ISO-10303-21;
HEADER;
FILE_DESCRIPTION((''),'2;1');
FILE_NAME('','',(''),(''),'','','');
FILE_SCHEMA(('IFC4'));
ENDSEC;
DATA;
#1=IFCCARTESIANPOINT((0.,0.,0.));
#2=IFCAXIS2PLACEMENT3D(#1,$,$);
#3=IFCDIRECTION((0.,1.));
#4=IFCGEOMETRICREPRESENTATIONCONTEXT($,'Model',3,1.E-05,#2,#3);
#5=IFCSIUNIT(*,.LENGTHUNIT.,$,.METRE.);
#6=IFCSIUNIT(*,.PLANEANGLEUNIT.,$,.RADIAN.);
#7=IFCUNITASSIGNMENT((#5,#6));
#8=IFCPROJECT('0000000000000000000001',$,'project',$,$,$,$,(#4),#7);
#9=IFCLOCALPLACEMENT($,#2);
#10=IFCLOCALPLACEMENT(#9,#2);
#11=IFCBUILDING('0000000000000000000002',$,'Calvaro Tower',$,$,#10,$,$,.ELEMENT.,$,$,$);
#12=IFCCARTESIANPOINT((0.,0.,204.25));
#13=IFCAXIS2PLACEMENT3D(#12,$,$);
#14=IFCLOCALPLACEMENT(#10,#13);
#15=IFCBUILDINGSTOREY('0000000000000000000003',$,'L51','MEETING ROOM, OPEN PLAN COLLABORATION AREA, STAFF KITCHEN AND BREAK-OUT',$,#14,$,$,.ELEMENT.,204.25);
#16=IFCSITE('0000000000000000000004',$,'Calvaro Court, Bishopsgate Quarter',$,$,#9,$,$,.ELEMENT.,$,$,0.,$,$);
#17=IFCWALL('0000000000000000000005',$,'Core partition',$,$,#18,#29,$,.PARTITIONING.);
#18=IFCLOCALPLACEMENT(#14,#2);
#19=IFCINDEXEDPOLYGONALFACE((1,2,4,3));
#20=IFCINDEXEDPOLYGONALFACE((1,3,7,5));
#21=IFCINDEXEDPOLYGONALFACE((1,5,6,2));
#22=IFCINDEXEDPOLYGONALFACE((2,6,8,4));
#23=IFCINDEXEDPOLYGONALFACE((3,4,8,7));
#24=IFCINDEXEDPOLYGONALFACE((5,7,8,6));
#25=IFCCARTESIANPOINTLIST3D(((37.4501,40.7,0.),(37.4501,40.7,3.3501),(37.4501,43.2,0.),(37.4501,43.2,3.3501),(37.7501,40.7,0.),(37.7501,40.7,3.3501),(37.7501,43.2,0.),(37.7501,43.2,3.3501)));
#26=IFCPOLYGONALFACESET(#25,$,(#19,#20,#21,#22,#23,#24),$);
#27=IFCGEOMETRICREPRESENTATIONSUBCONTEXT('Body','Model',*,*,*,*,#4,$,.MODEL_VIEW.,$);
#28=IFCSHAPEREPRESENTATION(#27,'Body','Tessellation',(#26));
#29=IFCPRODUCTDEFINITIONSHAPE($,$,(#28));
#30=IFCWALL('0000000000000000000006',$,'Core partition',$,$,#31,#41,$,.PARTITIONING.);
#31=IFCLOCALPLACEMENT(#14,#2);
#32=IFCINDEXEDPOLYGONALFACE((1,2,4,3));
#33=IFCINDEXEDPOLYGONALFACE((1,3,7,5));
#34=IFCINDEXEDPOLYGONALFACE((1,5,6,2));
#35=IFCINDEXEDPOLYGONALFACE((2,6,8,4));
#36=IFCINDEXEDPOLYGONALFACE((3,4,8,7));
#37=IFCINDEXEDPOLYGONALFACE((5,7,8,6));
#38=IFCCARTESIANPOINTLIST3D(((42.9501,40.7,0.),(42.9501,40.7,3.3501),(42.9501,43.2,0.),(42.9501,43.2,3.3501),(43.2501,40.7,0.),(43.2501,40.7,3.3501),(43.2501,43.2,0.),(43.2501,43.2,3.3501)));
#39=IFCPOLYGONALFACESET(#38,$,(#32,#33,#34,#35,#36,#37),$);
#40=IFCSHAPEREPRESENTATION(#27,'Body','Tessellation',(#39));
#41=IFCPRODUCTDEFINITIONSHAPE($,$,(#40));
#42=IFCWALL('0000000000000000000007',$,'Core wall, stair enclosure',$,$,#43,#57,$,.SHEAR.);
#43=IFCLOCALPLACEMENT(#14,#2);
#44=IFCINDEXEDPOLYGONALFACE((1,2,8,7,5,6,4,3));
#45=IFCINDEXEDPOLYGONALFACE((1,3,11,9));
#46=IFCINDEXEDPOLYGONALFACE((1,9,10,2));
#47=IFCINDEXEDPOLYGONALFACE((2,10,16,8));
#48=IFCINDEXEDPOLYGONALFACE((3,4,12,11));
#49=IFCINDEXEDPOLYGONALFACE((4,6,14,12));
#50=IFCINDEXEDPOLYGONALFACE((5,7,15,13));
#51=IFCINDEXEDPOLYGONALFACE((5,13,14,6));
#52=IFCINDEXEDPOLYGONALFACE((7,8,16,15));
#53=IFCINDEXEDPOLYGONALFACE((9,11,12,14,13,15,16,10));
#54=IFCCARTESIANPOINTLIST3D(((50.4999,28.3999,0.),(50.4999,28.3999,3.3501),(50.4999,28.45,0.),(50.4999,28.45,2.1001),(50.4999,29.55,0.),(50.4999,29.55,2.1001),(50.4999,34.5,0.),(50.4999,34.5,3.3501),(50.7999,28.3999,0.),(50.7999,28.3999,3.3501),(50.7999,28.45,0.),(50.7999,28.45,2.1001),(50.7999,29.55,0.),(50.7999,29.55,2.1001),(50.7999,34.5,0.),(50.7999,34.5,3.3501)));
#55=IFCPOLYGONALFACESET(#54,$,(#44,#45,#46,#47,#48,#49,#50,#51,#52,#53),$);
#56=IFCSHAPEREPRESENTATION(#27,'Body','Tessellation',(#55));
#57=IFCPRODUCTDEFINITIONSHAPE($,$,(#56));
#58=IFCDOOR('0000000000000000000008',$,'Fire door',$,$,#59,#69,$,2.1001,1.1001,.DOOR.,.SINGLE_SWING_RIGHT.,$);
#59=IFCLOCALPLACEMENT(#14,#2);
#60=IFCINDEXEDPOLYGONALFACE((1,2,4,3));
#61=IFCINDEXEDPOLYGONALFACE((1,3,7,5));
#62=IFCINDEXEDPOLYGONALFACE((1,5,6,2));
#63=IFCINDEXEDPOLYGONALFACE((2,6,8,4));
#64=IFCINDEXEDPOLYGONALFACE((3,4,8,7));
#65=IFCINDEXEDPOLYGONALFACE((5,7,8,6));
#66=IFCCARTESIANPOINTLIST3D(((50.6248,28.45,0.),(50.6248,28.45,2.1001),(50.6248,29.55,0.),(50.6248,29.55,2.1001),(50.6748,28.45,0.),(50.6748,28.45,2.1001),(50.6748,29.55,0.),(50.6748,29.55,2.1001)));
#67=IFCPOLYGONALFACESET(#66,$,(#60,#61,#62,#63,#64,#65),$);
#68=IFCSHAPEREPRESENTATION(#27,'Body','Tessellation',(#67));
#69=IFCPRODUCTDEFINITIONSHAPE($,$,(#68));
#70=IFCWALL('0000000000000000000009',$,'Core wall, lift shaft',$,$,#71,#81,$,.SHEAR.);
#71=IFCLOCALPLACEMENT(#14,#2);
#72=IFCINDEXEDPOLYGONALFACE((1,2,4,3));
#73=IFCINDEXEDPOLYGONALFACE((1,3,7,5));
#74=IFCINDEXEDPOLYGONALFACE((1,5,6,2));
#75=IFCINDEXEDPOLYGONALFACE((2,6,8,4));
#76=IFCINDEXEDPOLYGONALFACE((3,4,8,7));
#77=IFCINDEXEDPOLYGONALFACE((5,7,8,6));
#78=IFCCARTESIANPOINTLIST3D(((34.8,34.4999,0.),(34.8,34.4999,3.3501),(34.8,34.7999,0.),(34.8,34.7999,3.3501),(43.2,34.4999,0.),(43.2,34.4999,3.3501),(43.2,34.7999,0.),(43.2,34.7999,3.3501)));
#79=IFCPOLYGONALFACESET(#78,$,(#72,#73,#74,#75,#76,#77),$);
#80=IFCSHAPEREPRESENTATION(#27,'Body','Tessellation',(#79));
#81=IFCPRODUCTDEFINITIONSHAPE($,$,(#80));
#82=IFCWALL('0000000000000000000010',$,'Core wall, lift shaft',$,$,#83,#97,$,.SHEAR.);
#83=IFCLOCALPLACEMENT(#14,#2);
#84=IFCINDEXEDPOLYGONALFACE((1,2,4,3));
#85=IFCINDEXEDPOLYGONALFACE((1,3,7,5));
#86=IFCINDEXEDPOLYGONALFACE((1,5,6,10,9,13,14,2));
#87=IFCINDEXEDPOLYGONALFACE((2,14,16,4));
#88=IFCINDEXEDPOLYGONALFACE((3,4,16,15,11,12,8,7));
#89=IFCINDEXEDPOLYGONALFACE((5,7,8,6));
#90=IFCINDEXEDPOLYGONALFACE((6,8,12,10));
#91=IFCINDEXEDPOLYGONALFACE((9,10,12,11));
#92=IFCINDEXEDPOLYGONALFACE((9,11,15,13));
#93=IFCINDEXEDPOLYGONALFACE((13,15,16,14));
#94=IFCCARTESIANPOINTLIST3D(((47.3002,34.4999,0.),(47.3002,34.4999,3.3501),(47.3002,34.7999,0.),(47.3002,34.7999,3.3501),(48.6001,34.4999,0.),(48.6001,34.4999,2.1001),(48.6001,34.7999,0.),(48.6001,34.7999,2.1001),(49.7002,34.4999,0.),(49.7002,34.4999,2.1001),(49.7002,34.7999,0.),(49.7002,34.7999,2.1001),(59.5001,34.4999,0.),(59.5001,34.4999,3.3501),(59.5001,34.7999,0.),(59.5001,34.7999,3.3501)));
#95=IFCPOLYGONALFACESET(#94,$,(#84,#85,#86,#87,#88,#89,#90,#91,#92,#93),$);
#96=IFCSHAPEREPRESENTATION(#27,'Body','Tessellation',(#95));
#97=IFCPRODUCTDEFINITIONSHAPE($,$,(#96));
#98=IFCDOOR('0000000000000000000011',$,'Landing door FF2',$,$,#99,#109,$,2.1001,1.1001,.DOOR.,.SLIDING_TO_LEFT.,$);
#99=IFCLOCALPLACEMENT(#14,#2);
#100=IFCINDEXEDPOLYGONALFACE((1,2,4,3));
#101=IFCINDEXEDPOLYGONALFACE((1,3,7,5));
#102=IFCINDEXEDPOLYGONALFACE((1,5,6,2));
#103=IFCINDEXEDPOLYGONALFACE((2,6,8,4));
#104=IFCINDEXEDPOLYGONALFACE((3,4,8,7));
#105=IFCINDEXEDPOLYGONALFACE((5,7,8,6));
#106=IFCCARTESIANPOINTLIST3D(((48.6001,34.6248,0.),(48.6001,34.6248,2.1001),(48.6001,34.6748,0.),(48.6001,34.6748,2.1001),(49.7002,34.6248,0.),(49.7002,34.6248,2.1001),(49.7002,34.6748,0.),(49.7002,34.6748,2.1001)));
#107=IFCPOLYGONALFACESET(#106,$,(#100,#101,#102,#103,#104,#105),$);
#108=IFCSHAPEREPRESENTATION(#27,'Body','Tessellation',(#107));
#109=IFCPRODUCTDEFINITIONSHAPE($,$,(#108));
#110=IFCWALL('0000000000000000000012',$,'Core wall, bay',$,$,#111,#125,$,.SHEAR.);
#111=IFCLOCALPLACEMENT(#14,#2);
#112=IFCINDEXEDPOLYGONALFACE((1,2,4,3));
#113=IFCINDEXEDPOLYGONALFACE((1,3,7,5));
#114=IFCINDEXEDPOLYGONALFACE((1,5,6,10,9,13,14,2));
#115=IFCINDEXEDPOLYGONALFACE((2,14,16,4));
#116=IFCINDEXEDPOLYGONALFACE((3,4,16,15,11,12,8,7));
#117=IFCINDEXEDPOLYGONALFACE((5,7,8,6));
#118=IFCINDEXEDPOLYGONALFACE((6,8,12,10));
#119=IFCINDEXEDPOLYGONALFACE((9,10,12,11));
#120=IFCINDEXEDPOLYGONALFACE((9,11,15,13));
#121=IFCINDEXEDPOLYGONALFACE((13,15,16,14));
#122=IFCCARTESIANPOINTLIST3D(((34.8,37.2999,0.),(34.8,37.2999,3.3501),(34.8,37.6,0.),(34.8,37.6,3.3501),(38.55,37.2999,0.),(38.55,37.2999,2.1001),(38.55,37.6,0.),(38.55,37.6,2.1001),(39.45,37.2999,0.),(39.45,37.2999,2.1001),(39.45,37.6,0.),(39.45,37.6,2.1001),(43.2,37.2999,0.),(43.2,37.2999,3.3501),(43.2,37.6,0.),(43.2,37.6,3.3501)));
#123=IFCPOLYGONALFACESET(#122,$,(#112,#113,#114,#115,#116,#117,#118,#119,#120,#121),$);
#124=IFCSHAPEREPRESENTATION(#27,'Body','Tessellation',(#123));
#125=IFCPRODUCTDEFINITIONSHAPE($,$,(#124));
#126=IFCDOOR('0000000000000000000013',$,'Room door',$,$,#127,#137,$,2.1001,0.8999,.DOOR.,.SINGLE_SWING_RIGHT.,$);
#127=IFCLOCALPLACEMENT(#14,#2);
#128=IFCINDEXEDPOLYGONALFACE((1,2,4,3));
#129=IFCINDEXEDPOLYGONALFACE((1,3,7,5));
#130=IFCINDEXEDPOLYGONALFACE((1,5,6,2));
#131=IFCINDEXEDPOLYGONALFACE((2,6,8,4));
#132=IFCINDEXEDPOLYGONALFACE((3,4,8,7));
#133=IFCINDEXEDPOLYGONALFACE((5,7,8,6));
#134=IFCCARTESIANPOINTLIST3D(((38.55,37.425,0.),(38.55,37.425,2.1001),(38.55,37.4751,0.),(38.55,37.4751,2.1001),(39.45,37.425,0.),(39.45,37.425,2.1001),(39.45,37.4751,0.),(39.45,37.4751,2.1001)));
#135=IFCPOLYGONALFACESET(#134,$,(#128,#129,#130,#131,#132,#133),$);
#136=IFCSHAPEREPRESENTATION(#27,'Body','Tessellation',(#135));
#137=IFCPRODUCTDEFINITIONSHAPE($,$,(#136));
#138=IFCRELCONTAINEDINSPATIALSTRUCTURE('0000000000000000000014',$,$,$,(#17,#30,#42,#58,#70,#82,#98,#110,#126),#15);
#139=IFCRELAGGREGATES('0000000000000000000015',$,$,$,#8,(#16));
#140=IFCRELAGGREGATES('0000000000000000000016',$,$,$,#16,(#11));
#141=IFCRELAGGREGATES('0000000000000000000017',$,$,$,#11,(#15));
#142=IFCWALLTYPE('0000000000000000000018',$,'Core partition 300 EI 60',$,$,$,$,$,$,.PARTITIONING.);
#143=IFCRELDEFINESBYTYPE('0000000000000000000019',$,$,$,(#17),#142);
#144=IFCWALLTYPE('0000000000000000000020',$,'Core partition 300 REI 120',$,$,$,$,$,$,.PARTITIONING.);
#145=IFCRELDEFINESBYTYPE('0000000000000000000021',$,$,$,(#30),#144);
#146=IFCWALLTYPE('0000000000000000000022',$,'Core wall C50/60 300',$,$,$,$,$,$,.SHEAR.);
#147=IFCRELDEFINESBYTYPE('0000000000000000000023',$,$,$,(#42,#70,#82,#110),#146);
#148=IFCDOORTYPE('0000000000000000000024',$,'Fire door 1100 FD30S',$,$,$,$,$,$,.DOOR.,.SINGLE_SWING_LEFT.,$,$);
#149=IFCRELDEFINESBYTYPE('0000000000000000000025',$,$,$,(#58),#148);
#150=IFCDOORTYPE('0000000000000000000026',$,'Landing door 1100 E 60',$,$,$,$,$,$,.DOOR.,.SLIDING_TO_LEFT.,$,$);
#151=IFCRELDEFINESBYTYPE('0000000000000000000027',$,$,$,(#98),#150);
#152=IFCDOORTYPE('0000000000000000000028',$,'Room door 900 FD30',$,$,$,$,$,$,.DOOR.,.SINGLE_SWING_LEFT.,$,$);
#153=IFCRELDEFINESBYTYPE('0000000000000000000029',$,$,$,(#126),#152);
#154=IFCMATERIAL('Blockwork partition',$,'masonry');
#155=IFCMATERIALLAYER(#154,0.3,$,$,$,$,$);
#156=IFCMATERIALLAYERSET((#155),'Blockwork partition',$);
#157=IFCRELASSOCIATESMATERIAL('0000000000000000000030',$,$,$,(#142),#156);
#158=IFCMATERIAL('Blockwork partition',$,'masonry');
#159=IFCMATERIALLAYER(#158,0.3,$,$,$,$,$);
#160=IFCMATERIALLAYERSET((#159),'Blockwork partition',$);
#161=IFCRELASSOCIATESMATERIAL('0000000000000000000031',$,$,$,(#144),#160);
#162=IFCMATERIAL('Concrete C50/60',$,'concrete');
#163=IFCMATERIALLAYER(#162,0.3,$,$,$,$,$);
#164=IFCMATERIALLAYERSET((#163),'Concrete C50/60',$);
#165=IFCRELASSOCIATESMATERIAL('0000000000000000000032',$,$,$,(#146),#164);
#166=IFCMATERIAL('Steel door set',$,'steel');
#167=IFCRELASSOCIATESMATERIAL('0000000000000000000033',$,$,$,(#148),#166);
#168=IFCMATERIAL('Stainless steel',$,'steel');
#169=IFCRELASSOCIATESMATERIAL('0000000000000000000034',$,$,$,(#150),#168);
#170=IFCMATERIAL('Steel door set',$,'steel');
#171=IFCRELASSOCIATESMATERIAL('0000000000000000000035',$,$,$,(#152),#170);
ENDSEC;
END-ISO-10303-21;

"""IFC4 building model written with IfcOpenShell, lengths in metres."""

from ifc_helpers import new_model, si_unit, direction, frame, frame_2d, origin, place, context, subcontext, project, spatial, rectangle, extrude, material, layer, layer_set, type_object, element, fill, save


model = new_model("IFC4")

# Units and contexts
model_context = context("Model", 3, precision=1e-05, world=origin(), true_north=direction((0.0, 1.0)))
body_context = subcontext(model_context, "Body", "Model", "MODEL_VIEW")
ifc_project = project(units=[si_unit("LENGTHUNIT", "METRE"), si_unit("PLANEANGLEUNIT", "RADIAN")], contexts=[model_context])

# Site, building, storey
site_placement = place(None, origin())
site = spatial("IfcSite", under=ifc_project, at=site_placement, Name="Calvaro Court, Bishopsgate Quarter", CompositionType="ELEMENT", RefElevation=0.0)
building_placement = place(site_placement, origin())
building = spatial("IfcBuilding", under=site, at=building_placement, Name="Calvaro Tower", CompositionType="ELEMENT")
storey_placement = place(building_placement, frame((0.0, 0.0, 204.25)))
storey = spatial("IfcBuildingStorey", under=building, at=storey_placement, Name="L51", Description="MEETING ROOM, OPEN PLAN COLLABORATION AREA, STAFF KITCHEN AND BREAK-OUT", CompositionType="ELEMENT", Elevation=204.25)

# Walls
ifc_material_1 = material(Name="Blockwork partition", Category="masonry")
ifc_layer_1 = layer(ifc_material_1, 0.3)
ifc_layer_set_1 = layer_set([ifc_layer_1], Name="Blockwork partition")
wall_type_1 = type_object("IfcWallType", Name="Core partition 300 EI 60", PredefinedType="PARTITIONING", material=ifc_layer_set_1)
wall_1_placement = place(storey_placement, frame((37.6001, 40.7, 0.0), z_axis=(0.0, 0.0, 1.0), x_axis=(0.0, 1.0, 0.0)))
element("IfcWall", 1, at=wall_1_placement, inside=storey, type_object=wall_type_1, Name="Core partition", PredefinedType="PARTITIONING", context=body_context, shape_type="SweptSolid", body=[
    extrude(rectangle(XDim=2.5, YDim=0.3, at=frame_2d((1.25, 0.0))), origin(), (0.0, 0.0, 1.0), 3.3501),
])
ifc_material_2 = material(Name="Blockwork partition", Category="masonry")
ifc_layer_2 = layer(ifc_material_2, 0.3)
ifc_layer_set_2 = layer_set([ifc_layer_2], Name="Blockwork partition")
wall_type_2 = type_object("IfcWallType", Name="Core partition 300 REI 120", PredefinedType="PARTITIONING", material=ifc_layer_set_2)
wall_2_placement = place(storey_placement, frame((43.1001, 40.7, 0.0), z_axis=(0.0, 0.0, 1.0), x_axis=(0.0, 1.0, 0.0)))
element("IfcWall", 2, at=wall_2_placement, inside=storey, type_object=wall_type_2, Name="Core partition", PredefinedType="PARTITIONING", context=body_context, shape_type="SweptSolid", body=[
    extrude(rectangle(XDim=2.5, YDim=0.3, at=frame_2d((1.25, 0.0))), origin(), (0.0, 0.0, 1.0), 3.3501),
])

# Wall, opening, door
ifc_material_3 = material(Name="Concrete C50/60", Category="concrete")
ifc_layer_3 = layer(ifc_material_3, 0.3)
ifc_layer_set_3 = layer_set([ifc_layer_3], Name="Concrete C50/60")
wall_type_3 = type_object("IfcWallType", Name="Core wall C50/60 300", PredefinedType="SHEAR", material=ifc_layer_set_3)
wall_3_placement = place(storey_placement, frame((50.6499, 34.5, 0.0), z_axis=(0.0, 0.0, 1.0), x_axis=(0.0, -1.0, 0.0)))
wall_3 = element("IfcWall", 3, at=wall_3_placement, inside=storey, type_object=wall_type_3, Name="Core wall, stair enclosure", PredefinedType="SHEAR", context=body_context, shape_type="SweptSolid", body=[
    extrude(rectangle(XDim=6.1001, YDim=0.3, at=frame_2d((3.05, 0.0))), origin(), (0.0, 0.0, 1.0), 3.3501),
])
opening_1_placement = place(wall_3_placement, frame((4.95, 0.0, 0.0)))
opening_1 = element("IfcOpeningElement", 4, at=opening_1_placement, cuts=wall_3, PredefinedType="OPENING", context=body_context, shape_type="SweptSolid", body=[
    extrude(rectangle(XDim=1.1001, YDim=2.1001, at=frame_2d((0.55, 1.05))), frame((0.0, 0.1599, 0.0), z_axis=(0.0, -1.0, 0.0), x_axis=(1.0, 0.0, 0.0)), (0.0, 0.0, 1.0), 0.3201),
])
ifc_material_4 = material(Name="Steel door set", Category="steel")
door_type_1 = type_object("IfcDoorType", Name="Fire door 1100 FD30S", OperationType="SINGLE_SWING_LEFT", PredefinedType="DOOR", material=ifc_material_4)
door_1_placement = place(opening_1_placement, origin())
door_1 = element("IfcDoor", 5, at=door_1_placement, inside=storey, type_object=door_type_1, Name="Fire door", OperationType="SINGLE_SWING_RIGHT", OverallHeight=2.1001, OverallWidth=1.1001, PredefinedType="DOOR", context=body_context, shape_type="SweptSolid", body=[
    extrude(rectangle(XDim=1.1001, YDim=2.1001, at=frame_2d((0.55, 1.05))), frame((0.0, 0.0249, 0.0), z_axis=(0.0, -1.0, 0.0), x_axis=(1.0, 0.0, 0.0)), (0.0, 0.0, 1.0), 0.05),
])
fill(opening_1, door_1)

# Wall
wall_4_placement = place(storey_placement, frame((34.8, 34.6499, 0.0), z_axis=(0.0, 0.0, 1.0), x_axis=(1.0, 0.0, 0.0)))
element("IfcWall", 6, at=wall_4_placement, inside=storey, type_object=wall_type_3, Name="Core wall, lift shaft", PredefinedType="SHEAR", context=body_context, shape_type="SweptSolid", body=[
    extrude(rectangle(XDim=8.3999, YDim=0.3, at=frame_2d((4.2, 0.0))), origin(), (0.0, 0.0, 1.0), 3.3501),
])

# Walls, openings, doors
wall_5_placement = place(storey_placement, frame((47.3, 34.6499, 0.0), z_axis=(0.0, 0.0, 1.0), x_axis=(1.0, 0.0, 0.0)))
wall_5 = element("IfcWall", 7, at=wall_5_placement, inside=storey, type_object=wall_type_3, Name="Core wall, lift shaft", PredefinedType="SHEAR", context=body_context, shape_type="SweptSolid", body=[
    extrude(rectangle(XDim=12.2, YDim=0.3, at=frame_2d((6.1001, 0.0))), origin(), (0.0, 0.0, 1.0), 3.3501),
])
opening_2_placement = place(wall_5_placement, frame((1.3, 0.0, 0.0)))
opening_2 = element("IfcOpeningElement", 8, at=opening_2_placement, cuts=wall_5, PredefinedType="OPENING", context=body_context, shape_type="SweptSolid", body=[
    extrude(rectangle(XDim=1.1001, YDim=2.1001, at=frame_2d((0.55, 1.05))), frame((0.0, 0.1599, 0.0), z_axis=(0.0, -1.0, 0.0), x_axis=(1.0, 0.0, 0.0)), (0.0, 0.0, 1.0), 0.3201),
])
ifc_material_5 = material(Name="Stainless steel", Category="steel")
door_type_2 = type_object("IfcDoorType", Name="Landing door 1100 E 60", OperationType="SLIDING_TO_LEFT", PredefinedType="DOOR", material=ifc_material_5)
door_2_placement = place(opening_2_placement, origin())
door_2 = element("IfcDoor", 9, at=door_2_placement, inside=storey, type_object=door_type_2, Name="Landing door FF2", OperationType="SLIDING_TO_LEFT", OverallHeight=2.1001, OverallWidth=1.1001, PredefinedType="DOOR", context=body_context, shape_type="SweptSolid", body=[
    extrude(rectangle(XDim=1.1001, YDim=2.1001, at=frame_2d((0.55, 1.05))), frame((0.0, 0.0249, 0.0), z_axis=(0.0, -1.0, 0.0), x_axis=(1.0, 0.0, 0.0)), (0.0, 0.0, 1.0), 0.05),
])
fill(opening_2, door_2)
wall_6_placement = place(storey_placement, frame((43.2, 37.45, 0.0), z_axis=(0.0, 0.0, 1.0), x_axis=(-1.0, 0.0, 0.0)))
wall_6 = element("IfcWall", 10, at=wall_6_placement, inside=storey, type_object=wall_type_3, Name="Core wall, bay", PredefinedType="SHEAR", context=body_context, shape_type="SweptSolid", body=[
    extrude(rectangle(XDim=8.3999, YDim=0.3, at=frame_2d((4.2, 0.0))), origin(), (0.0, 0.0, 1.0), 3.3501),
])
opening_3_placement = place(wall_6_placement, frame((3.75, 0.0, 0.0)))
opening_3 = element("IfcOpeningElement", 11, at=opening_3_placement, cuts=wall_6, PredefinedType="OPENING", context=body_context, shape_type="SweptSolid", body=[
    extrude(rectangle(XDim=0.8999, YDim=2.1001, at=frame_2d((0.45, 1.05))), frame((0.0, 0.1599, 0.0), z_axis=(0.0, -1.0, 0.0), x_axis=(1.0, 0.0, 0.0)), (0.0, 0.0, 1.0), 0.3201),
])
ifc_material_6 = material(Name="Steel door set", Category="steel")
door_type_3 = type_object("IfcDoorType", Name="Room door 900 FD30", OperationType="SINGLE_SWING_LEFT", PredefinedType="DOOR", material=ifc_material_6)
door_3_placement = place(opening_3_placement, origin())
door_3 = element("IfcDoor", 12, at=door_3_placement, inside=storey, type_object=door_type_3, Name="Room door", OperationType="SINGLE_SWING_RIGHT", OverallHeight=2.1001, OverallWidth=0.8999, PredefinedType="DOOR", context=body_context, shape_type="SweptSolid", body=[
    extrude(rectangle(XDim=0.8999, YDim=2.1001, at=frame_2d((0.45, 1.05))), frame((0.0, 0.0249, 0.0), z_axis=(0.0, -1.0, 0.0), x_axis=(1.0, 0.0, 0.0)), (0.0, 0.0, 1.0), 0.05),
])
fill(opening_3, door_3)

save(model, "model.ifc")
